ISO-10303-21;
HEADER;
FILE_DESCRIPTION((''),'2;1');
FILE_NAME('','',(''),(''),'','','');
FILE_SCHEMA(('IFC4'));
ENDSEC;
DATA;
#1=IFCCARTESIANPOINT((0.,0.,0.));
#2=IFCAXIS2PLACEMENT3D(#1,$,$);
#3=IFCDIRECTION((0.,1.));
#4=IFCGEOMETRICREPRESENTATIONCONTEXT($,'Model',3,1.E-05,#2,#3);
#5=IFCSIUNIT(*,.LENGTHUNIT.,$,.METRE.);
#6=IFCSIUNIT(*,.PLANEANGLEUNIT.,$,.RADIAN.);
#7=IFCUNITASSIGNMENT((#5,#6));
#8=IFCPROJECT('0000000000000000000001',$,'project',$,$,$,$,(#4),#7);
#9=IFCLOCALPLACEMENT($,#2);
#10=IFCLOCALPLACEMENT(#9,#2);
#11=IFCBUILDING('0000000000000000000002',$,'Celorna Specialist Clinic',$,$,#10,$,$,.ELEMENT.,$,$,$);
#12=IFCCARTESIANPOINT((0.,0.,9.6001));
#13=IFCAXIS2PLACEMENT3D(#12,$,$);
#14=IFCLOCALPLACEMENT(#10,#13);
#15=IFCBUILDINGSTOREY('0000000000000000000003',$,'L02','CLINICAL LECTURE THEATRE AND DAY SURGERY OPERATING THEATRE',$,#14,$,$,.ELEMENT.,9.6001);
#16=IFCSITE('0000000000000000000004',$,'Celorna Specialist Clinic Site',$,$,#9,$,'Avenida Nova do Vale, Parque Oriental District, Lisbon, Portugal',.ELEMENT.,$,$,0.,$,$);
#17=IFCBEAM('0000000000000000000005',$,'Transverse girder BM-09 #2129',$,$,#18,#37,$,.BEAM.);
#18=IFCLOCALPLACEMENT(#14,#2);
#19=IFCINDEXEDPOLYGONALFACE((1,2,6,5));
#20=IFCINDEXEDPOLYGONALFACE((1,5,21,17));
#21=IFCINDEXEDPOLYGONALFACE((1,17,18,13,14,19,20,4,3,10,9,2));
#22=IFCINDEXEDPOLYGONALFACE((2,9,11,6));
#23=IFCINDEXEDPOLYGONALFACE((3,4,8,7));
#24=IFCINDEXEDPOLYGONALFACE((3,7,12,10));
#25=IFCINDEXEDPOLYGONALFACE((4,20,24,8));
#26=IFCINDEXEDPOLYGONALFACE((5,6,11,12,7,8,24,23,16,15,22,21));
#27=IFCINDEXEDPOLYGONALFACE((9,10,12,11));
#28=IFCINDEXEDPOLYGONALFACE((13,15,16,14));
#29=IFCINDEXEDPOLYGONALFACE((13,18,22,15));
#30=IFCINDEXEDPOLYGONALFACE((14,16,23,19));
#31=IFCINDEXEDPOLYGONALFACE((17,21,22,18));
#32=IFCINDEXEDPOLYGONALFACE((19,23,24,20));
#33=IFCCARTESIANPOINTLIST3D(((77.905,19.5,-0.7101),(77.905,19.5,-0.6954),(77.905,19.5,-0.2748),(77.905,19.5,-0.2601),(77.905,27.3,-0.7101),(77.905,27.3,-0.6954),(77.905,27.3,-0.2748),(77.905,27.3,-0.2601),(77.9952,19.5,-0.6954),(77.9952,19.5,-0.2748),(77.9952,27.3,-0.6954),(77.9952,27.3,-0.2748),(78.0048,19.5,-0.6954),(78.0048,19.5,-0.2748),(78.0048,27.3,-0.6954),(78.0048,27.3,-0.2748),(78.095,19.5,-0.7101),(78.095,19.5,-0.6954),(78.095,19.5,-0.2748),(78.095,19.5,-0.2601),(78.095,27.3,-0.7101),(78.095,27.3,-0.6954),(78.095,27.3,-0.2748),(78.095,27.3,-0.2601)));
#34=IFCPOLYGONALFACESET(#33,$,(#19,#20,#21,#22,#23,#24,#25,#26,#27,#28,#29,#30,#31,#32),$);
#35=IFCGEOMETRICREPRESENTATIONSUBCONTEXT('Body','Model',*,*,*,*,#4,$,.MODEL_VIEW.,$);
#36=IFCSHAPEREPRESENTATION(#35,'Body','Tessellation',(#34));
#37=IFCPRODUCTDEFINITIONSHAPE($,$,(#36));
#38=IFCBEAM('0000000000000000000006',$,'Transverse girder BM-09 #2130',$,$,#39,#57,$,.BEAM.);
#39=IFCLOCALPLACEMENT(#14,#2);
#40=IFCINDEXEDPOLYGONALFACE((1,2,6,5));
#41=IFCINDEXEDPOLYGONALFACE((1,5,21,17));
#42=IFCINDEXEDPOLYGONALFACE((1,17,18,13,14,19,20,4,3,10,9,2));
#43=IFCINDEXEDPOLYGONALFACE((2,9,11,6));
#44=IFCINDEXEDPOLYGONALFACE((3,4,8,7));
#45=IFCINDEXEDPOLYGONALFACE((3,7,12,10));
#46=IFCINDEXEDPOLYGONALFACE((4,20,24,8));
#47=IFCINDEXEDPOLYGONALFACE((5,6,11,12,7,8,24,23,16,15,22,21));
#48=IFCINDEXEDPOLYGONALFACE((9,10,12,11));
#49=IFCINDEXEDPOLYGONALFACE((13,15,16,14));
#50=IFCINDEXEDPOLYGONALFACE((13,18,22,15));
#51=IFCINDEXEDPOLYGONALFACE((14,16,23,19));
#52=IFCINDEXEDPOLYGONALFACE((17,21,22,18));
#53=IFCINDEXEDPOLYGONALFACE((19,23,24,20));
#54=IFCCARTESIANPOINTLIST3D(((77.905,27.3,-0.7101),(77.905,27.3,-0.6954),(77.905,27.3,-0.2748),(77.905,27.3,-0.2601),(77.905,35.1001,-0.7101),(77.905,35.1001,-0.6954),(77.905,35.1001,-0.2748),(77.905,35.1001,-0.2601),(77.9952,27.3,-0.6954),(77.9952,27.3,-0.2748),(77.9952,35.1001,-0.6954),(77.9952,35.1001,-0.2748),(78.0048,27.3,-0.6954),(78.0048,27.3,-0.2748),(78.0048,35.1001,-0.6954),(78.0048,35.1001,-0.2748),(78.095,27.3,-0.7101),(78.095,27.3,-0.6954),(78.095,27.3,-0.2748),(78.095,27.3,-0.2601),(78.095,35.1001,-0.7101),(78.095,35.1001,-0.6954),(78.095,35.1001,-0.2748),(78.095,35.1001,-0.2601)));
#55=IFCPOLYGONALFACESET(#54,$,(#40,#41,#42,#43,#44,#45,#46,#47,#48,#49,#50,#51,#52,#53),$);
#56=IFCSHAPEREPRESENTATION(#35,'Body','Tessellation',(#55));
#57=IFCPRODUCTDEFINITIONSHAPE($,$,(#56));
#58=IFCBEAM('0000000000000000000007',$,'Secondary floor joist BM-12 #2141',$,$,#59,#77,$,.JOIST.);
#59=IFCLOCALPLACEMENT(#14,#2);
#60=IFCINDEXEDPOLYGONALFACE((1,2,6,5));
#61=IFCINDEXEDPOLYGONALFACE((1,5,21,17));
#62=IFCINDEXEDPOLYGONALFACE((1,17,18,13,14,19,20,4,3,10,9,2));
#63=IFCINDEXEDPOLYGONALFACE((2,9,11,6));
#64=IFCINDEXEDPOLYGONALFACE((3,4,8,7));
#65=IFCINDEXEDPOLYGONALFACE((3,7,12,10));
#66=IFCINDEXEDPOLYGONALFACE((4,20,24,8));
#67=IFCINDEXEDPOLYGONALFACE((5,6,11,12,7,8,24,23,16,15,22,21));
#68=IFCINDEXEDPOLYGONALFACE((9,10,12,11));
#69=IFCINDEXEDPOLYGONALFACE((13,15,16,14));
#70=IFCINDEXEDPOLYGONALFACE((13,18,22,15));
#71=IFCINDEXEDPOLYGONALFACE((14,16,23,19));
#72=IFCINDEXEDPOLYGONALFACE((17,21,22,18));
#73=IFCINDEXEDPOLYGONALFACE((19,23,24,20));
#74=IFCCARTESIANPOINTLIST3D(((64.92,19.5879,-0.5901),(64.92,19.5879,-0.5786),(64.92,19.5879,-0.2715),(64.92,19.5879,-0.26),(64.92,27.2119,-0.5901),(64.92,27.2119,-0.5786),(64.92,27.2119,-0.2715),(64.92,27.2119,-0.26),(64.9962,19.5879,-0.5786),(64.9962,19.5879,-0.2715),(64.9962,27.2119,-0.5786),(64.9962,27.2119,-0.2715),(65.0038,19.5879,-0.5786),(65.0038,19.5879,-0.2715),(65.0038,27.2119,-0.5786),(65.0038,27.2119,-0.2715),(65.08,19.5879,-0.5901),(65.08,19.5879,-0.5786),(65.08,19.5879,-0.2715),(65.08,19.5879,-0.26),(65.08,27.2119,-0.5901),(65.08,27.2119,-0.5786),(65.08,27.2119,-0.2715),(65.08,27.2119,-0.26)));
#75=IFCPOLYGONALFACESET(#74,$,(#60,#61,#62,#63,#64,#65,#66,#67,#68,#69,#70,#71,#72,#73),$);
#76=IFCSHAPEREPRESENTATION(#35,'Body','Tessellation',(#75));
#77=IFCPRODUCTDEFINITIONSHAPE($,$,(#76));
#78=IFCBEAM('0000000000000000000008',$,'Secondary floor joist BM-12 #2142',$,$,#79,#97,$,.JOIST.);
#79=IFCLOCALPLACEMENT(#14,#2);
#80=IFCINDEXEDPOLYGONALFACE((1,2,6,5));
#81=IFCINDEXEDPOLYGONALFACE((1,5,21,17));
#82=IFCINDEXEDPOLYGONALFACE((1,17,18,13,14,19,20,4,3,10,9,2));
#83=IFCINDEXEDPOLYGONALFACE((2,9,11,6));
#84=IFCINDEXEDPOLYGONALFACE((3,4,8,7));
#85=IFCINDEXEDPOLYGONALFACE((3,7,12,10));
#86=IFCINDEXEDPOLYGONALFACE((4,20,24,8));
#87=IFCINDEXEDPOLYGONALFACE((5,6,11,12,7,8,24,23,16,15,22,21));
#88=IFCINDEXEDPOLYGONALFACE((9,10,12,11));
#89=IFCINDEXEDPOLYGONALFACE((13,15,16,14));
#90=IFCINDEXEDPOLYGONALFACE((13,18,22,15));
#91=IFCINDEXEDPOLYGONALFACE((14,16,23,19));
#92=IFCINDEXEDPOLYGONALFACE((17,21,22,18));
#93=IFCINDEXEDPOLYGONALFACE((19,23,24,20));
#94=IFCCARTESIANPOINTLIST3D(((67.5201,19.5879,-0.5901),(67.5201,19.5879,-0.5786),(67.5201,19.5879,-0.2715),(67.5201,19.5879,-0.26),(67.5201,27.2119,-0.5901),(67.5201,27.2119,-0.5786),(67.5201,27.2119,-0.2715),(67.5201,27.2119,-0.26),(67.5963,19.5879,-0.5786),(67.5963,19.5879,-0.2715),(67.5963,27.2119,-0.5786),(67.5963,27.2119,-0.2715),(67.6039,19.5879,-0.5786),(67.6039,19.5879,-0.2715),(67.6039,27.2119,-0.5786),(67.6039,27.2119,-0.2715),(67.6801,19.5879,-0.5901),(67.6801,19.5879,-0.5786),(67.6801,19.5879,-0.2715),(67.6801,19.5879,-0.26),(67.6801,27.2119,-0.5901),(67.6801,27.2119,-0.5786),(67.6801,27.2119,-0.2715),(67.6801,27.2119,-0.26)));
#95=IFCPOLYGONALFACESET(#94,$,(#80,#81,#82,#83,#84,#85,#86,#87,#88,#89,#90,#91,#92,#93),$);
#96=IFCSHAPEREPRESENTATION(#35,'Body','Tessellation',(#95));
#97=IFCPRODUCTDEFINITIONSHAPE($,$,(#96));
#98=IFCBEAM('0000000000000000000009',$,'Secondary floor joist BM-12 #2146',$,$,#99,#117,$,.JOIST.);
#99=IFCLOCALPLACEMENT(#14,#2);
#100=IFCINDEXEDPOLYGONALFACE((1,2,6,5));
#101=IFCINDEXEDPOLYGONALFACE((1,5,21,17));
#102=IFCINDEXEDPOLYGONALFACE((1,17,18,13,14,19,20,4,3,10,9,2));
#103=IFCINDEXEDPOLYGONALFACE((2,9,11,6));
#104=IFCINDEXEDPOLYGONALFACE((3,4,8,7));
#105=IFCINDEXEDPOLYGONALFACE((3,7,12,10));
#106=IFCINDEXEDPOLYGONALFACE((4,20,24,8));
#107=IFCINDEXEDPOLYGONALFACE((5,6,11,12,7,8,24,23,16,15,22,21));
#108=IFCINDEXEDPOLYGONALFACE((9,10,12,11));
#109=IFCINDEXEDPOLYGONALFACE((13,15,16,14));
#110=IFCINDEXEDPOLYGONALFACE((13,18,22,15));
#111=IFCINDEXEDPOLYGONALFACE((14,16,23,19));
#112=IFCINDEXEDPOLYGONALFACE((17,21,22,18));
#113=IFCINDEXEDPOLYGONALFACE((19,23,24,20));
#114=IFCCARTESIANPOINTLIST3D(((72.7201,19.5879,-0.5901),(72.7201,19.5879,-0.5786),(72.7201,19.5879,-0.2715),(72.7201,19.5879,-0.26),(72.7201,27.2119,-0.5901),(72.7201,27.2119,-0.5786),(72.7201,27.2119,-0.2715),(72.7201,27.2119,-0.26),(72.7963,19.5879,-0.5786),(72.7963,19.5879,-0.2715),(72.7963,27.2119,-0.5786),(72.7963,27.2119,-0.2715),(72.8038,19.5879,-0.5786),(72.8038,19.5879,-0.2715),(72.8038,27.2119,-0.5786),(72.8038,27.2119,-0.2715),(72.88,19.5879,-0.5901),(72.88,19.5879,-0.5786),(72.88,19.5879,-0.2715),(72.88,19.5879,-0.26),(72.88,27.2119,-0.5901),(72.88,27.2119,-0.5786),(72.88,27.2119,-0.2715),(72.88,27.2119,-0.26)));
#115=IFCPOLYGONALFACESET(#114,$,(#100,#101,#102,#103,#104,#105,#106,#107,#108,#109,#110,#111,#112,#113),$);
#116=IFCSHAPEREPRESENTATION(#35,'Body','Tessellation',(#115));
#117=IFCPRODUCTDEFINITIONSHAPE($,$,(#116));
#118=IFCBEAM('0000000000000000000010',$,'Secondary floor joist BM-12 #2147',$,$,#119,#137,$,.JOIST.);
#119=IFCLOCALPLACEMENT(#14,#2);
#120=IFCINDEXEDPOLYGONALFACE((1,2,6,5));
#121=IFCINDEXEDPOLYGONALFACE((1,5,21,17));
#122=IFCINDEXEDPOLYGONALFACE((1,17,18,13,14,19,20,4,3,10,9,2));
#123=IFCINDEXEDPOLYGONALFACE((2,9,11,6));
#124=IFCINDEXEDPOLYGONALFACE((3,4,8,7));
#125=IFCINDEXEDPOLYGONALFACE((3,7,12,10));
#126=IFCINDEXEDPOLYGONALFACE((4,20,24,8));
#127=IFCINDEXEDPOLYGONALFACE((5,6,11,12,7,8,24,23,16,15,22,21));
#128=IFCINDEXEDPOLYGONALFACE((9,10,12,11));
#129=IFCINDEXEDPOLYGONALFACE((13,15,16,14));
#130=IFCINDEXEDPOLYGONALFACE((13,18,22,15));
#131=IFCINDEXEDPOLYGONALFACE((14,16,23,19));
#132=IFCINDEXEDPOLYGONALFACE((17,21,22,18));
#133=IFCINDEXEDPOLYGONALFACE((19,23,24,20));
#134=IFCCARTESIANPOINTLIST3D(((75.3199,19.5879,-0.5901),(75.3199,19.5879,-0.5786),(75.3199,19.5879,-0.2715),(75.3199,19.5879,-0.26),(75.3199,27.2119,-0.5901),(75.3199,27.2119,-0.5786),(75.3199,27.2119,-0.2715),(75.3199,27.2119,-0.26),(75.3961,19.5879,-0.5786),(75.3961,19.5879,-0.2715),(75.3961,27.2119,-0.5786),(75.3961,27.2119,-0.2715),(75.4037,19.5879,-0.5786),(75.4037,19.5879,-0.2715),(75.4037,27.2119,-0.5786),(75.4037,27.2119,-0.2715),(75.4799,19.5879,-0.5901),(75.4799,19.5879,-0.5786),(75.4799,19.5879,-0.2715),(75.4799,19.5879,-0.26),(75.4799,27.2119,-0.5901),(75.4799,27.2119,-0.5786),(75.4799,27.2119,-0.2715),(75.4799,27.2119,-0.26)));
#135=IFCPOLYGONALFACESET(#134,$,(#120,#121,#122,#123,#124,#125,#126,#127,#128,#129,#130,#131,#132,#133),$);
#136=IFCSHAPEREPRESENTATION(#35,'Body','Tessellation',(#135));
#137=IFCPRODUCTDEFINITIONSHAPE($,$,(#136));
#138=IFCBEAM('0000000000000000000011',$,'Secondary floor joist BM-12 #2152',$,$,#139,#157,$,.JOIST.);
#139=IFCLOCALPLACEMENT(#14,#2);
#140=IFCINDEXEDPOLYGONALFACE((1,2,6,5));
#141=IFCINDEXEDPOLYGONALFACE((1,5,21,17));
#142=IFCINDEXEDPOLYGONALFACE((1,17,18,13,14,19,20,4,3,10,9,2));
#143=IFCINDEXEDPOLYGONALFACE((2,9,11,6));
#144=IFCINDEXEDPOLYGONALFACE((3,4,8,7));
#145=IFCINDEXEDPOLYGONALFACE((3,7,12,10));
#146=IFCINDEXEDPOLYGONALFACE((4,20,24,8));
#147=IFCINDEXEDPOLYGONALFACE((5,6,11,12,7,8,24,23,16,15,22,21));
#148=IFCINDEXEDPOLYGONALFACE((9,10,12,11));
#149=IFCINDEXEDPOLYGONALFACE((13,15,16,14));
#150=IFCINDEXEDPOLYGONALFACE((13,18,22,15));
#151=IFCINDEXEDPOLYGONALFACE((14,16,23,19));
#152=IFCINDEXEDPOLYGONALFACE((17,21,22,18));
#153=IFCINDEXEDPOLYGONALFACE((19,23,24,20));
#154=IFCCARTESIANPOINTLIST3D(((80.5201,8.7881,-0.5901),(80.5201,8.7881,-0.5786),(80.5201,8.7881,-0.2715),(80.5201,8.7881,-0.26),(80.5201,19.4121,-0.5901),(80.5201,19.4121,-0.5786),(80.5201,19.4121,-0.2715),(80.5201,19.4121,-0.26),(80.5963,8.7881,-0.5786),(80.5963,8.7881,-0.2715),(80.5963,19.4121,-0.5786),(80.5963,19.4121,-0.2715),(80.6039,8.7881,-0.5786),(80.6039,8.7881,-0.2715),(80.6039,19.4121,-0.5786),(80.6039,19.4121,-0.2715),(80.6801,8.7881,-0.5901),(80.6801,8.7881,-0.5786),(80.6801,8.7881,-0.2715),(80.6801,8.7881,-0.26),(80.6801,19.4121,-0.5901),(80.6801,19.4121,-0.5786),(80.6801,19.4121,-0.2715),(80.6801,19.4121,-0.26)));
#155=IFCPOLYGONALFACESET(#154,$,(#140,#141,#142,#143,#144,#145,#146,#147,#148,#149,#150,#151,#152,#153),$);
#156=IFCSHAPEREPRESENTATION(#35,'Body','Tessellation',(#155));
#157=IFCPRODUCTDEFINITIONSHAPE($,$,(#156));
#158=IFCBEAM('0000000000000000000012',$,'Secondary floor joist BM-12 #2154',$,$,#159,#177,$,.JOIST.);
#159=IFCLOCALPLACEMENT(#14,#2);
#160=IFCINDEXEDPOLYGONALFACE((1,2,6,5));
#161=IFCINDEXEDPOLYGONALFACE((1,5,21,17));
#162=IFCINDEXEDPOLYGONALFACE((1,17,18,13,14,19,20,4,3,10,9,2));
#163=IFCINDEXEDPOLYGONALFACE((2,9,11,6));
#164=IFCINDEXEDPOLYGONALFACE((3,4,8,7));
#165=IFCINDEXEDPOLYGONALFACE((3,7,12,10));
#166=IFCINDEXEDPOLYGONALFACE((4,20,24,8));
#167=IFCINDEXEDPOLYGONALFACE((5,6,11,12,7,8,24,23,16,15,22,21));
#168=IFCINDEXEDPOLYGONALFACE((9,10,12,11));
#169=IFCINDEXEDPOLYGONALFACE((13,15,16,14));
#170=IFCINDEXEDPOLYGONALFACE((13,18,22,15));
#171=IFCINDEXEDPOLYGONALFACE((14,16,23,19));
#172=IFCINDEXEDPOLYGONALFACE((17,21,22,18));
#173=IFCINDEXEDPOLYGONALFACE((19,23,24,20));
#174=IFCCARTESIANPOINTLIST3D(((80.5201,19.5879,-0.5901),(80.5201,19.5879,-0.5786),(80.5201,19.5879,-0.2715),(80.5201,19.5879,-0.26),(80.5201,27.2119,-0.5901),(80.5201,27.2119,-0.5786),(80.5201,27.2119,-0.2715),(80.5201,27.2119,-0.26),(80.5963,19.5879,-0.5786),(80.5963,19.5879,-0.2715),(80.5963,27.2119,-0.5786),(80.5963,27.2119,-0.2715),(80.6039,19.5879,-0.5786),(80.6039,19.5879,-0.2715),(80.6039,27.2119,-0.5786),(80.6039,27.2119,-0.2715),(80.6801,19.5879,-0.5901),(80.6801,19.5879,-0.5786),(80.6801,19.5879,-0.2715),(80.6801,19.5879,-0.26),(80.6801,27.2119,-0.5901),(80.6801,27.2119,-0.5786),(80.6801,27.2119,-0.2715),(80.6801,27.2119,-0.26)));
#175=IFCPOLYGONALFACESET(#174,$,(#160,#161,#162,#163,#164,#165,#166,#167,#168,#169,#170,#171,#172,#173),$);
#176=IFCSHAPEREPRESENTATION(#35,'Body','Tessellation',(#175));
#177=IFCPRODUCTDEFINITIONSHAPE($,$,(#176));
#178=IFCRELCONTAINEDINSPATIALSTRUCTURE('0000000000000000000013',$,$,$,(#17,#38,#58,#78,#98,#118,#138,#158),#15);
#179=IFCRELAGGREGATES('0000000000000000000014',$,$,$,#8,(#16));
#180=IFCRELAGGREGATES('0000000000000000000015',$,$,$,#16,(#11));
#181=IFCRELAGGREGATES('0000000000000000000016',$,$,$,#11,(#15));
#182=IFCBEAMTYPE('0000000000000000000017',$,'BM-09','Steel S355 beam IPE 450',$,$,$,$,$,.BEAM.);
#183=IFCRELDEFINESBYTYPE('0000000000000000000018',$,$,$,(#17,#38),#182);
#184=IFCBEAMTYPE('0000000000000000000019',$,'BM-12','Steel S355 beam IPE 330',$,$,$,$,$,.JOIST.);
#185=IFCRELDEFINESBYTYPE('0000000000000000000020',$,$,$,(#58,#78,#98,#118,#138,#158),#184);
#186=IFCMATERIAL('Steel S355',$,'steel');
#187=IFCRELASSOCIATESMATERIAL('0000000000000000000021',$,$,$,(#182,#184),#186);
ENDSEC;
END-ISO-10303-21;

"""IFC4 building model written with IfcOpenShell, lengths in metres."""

from ifc_helpers import new_model, si_unit, direction, frame, origin, origin_2d, place, context, subcontext, project, spatial, i_section, extrude, material, material_profile, profile_set, type_object, element, save


model = new_model("IFC4")

# Units and contexts
model_context = context("Model", 3, precision=1e-05, world=origin(), true_north=direction((0.0, 1.0)))
body_context = subcontext(model_context, "Body", "Model", "MODEL_VIEW")
ifc_project = project(units=[si_unit("LENGTHUNIT", "METRE"), si_unit("PLANEANGLEUNIT", "RADIAN")], contexts=[model_context])

# Site, building, storey
site_placement = place(None, origin())
site = spatial("IfcSite", under=ifc_project, at=site_placement, Name="Celorna Specialist Clinic Site", LongName="Avenida Nova do Vale, Parque Oriental District, Lisbon, Portugal", CompositionType="ELEMENT", RefElevation=0.0)
building_placement = place(site_placement, origin())
building = spatial("IfcBuilding", under=site, at=building_placement, Name="Celorna Specialist Clinic", CompositionType="ELEMENT")
storey_placement = place(building_placement, frame((0.0, 0.0, 9.6001)))
storey = spatial("IfcBuildingStorey", under=building, at=storey_placement, Name="L02", Description="CLINICAL LECTURE THEATRE AND DAY SURGERY OPERATING THEATRE", CompositionType="ELEMENT", Elevation=9.6001)

# Beams
ifc_material_1 = material(Name="Steel S355", Category="steel")
ifc_material_profile_1 = material_profile(ifc_material_1, i_section(OverallWidth=0.1899, OverallDepth=0.45, WebThickness=0.0095, FlangeThickness=0.0146, at=origin_2d()), Name="IPE 450")
ifc_profile_set_1 = profile_set([ifc_material_profile_1], Name="Steel S355")
beam_type_1 = type_object("IfcBeamType", Name="BM-09", Description="Steel S355 beam IPE 450", PredefinedType="BEAM", material=ifc_profile_set_1)
for number, where, z_axis, x_axis, name in (
    (1, (78.0, 19.5, -0.4851), (0.0, 1.0, 0.0), (-1.0, 0.0, 0.0), "Transverse girder BM-09 #2129"),
    (2, (78.0, 27.3, -0.4851), (0.0, 1.0, 0.0), (-1.0, 0.0, 0.0), "Transverse girder BM-09 #2130"),
):
    element("IfcBeam", number, at=place(storey_placement, frame(where, z_axis=z_axis, x_axis=x_axis)), inside=storey, type_object=beam_type_1, Name=name, PredefinedType="BEAM", context=body_context, shape_type="SweptSolid", body=[
        extrude(i_section(OverallWidth=0.1899, OverallDepth=0.45, WebThickness=0.0095, FlangeThickness=0.0146, at=origin_2d()), origin(), (0.0, 0.0, 1.0), 7.8),
    ])
ifc_material_profile_2 = material_profile(ifc_material_1, i_section(OverallWidth=0.1599, OverallDepth=0.3301, WebThickness=0.0076, FlangeThickness=0.0115, at=origin_2d()), Name="IPE 330")
ifc_profile_set_2 = profile_set([ifc_material_profile_2], Name="Steel S355")
beam_type_2 = type_object("IfcBeamType", Name="BM-12", Description="Steel S355 beam IPE 330", PredefinedType="JOIST", material=ifc_profile_set_2)
for number, where, z_axis, x_axis, name in (
    (3, (65.0, 19.5879, -0.425), (0.0, 1.0, 0.0), (-1.0, 0.0, 0.0), "Secondary floor joist BM-12 #2141"),
    (4, (67.6001, 19.5879, -0.425), (0.0, 1.0, 0.0), (-1.0, 0.0, 0.0), "Secondary floor joist BM-12 #2142"),
    (5, (72.8, 19.5879, -0.425), (0.0, 1.0, 0.0), (-1.0, 0.0, 0.0), "Secondary floor joist BM-12 #2146"),
    (6, (75.3999, 19.5879, -0.425), (0.0, 1.0, 0.0), (-1.0, 0.0, 0.0), "Secondary floor joist BM-12 #2147"),
):
    element("IfcBeam", number, at=place(storey_placement, frame(where, z_axis=z_axis, x_axis=x_axis)), inside=storey, type_object=beam_type_2, Name=name, PredefinedType="JOIST", context=body_context, shape_type="SweptSolid", body=[
        extrude(i_section(OverallWidth=0.1599, OverallDepth=0.3301, WebThickness=0.0076, FlangeThickness=0.0115, at=origin_2d()), origin(), (0.0, 0.0, 1.0), 7.624),
    ])
beam_1_placement = place(storey_placement, frame((80.6001, 8.7881, -0.425), z_axis=(0.0, 1.0, 0.0), x_axis=(-1.0, 0.0, 0.0)))
element("IfcBeam", 7, at=beam_1_placement, inside=storey, type_object=beam_type_2, Name="Secondary floor joist BM-12 #2152", PredefinedType="JOIST", context=body_context, shape_type="SweptSolid", body=[
    extrude(i_section(OverallWidth=0.1599, OverallDepth=0.3301, WebThickness=0.0076, FlangeThickness=0.0115, at=origin_2d()), origin(), (0.0, 0.0, 1.0), 10.624),
])
beam_2_placement = place(storey_placement, frame((80.6001, 19.5879, -0.425), z_axis=(0.0, 1.0, 0.0), x_axis=(-1.0, 0.0, 0.0)))
element("IfcBeam", 8, at=beam_2_placement, inside=storey, type_object=beam_type_2, Name="Secondary floor joist BM-12 #2154", PredefinedType="JOIST", context=body_context, shape_type="SweptSolid", body=[
    extrude(i_section(OverallWidth=0.1599, OverallDepth=0.3301, WebThickness=0.0076, FlangeThickness=0.0115, at=origin_2d()), origin(), (0.0, 0.0, 1.0), 7.624),
])

save(model, "model.ifc")
